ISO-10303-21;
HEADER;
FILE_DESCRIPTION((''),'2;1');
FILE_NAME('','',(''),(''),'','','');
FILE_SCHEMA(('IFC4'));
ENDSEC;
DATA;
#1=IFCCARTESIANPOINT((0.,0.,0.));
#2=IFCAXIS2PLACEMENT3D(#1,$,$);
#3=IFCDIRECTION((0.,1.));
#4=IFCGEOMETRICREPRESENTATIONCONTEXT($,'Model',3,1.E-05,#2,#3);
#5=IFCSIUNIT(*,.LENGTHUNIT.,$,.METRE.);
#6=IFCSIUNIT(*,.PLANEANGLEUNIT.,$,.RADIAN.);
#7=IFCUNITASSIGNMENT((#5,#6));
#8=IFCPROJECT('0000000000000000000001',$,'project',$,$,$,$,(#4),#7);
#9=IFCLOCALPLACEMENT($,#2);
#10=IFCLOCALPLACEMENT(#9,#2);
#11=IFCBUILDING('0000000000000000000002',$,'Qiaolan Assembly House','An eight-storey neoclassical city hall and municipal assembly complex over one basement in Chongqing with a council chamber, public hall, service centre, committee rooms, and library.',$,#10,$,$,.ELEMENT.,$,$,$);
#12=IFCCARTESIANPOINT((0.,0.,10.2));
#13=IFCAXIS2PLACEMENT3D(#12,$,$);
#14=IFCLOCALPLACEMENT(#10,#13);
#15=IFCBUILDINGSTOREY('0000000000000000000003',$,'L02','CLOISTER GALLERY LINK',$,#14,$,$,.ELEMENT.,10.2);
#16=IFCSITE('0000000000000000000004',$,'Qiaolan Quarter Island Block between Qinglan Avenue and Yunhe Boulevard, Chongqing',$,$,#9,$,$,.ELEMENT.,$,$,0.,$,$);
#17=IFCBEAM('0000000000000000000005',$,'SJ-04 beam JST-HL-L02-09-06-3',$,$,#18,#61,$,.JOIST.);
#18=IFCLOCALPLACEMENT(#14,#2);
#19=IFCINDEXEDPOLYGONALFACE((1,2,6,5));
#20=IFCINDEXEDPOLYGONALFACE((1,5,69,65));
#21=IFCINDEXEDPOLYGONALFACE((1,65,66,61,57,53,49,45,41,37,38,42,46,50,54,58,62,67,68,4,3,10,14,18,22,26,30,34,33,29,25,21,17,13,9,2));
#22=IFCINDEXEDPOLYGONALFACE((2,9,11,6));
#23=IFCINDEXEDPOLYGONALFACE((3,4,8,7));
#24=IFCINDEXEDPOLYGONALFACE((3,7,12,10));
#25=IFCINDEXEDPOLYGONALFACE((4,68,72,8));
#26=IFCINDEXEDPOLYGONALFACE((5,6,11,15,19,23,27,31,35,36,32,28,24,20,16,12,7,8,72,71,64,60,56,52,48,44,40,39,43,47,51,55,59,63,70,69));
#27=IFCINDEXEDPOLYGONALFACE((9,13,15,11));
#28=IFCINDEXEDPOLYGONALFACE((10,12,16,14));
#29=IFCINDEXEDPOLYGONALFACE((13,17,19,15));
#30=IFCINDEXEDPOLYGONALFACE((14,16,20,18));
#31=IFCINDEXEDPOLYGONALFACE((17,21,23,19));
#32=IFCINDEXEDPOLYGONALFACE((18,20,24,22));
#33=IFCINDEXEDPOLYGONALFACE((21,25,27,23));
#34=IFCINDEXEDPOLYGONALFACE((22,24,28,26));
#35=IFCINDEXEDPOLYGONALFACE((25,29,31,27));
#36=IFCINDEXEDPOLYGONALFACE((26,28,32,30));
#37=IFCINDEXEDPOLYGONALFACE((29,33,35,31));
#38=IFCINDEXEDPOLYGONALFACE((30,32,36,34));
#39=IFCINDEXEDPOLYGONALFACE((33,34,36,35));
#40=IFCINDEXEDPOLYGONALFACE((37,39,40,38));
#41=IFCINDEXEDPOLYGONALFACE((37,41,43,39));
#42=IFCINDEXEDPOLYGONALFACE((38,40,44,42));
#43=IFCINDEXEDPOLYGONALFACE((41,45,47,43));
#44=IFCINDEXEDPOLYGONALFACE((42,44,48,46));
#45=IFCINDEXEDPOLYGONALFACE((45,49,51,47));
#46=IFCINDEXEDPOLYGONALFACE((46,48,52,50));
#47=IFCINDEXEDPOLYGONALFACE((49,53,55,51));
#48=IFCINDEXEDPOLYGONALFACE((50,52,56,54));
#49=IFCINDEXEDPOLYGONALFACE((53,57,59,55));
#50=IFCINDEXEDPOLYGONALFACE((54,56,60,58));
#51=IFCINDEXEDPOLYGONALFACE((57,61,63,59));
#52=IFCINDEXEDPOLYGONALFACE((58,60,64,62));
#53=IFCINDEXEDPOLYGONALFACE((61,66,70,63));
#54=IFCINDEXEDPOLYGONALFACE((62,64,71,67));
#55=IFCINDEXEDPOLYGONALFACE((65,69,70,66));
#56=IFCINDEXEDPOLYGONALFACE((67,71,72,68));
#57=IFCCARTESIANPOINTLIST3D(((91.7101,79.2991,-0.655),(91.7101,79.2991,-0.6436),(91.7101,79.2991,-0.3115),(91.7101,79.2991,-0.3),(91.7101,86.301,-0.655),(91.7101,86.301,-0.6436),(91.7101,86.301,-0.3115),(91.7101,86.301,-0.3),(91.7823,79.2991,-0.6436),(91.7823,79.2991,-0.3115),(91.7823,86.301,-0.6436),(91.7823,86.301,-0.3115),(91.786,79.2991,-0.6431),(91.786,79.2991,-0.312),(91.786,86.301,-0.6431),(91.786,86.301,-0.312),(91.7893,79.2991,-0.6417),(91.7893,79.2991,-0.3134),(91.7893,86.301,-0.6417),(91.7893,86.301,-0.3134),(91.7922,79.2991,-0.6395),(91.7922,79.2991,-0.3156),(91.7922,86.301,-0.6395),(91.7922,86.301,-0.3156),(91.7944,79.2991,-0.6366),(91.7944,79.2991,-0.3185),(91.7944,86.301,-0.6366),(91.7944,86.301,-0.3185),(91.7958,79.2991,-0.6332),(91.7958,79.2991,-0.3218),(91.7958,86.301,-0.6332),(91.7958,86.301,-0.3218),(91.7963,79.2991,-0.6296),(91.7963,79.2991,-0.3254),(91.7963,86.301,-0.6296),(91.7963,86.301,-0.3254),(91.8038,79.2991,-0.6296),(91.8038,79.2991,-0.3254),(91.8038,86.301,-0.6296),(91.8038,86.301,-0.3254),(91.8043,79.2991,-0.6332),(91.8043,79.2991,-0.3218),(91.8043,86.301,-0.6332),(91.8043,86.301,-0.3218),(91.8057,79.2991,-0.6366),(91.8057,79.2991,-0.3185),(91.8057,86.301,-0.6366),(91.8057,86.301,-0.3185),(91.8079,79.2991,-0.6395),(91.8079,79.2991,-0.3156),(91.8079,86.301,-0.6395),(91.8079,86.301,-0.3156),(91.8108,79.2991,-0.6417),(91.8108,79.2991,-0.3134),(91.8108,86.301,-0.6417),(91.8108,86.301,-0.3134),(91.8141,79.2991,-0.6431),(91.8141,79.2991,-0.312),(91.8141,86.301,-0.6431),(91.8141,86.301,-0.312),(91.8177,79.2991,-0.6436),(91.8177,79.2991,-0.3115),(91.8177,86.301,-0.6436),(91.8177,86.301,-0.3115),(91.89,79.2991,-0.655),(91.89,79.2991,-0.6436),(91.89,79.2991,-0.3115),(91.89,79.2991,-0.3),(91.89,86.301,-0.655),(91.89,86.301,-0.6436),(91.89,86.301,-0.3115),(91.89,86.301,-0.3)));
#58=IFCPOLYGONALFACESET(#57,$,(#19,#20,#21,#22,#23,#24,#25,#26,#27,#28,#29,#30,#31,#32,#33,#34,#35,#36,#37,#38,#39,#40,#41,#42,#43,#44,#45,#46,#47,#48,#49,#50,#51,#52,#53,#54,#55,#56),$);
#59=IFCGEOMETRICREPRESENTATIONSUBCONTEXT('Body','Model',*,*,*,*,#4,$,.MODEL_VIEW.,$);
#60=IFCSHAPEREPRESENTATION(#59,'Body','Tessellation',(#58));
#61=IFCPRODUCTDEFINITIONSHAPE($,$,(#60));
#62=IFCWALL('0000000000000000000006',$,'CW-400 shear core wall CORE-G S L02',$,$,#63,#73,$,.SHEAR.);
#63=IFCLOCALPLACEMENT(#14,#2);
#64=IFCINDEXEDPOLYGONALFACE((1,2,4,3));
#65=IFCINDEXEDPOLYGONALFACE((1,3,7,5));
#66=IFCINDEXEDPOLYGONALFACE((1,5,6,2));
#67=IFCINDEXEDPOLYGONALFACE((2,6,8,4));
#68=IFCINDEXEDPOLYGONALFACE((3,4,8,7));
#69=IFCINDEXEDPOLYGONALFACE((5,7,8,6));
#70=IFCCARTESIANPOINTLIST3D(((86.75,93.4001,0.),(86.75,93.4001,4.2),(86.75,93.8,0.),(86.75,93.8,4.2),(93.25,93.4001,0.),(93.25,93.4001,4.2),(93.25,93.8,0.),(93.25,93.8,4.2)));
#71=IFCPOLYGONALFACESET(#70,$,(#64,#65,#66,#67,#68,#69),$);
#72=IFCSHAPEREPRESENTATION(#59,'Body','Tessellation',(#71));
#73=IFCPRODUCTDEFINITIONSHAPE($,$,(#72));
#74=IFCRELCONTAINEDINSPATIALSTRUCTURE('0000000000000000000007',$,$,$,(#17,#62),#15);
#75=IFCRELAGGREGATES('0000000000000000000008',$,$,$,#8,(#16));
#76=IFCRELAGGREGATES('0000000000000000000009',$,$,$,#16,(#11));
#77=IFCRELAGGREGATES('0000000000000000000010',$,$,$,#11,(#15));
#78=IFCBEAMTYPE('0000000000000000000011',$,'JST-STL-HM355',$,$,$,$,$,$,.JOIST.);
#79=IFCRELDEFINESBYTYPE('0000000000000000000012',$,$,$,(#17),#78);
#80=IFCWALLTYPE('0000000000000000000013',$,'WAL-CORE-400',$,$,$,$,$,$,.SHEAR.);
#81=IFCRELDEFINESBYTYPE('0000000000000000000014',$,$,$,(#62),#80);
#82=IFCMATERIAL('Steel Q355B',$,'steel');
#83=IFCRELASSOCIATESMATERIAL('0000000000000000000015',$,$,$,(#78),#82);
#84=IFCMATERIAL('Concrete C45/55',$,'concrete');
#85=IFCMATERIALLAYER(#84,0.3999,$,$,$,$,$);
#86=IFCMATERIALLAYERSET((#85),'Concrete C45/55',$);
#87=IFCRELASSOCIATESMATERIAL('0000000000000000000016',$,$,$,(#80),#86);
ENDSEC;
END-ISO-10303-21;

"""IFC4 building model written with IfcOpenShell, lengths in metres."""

from ifc_helpers import new_model, si_unit, direction, frame, frame_2d, origin, origin_2d, place, context, subcontext, project, spatial, rectangle, i_section, extrude, material, layer, layer_set, material_profile, profile_set, type_object, element, save


model = new_model("IFC4")

# Units and contexts
model_context = context("Model", 3, precision=1e-05, world=origin(), true_north=direction((0.0, 1.0)))
body_context = subcontext(model_context, "Body", "Model", "MODEL_VIEW")
ifc_project = project(units=[si_unit("LENGTHUNIT", "METRE"), si_unit("PLANEANGLEUNIT", "RADIAN")], contexts=[model_context])

# Site, building, storey
site_placement = place(None, origin())
site = spatial("IfcSite", under=ifc_project, at=site_placement, Name="Qiaolan Quarter Island Block between Qinglan Avenue and Yunhe Boulevard, Chongqing", CompositionType="ELEMENT", RefElevation=0.0)
building_placement = place(site_placement, origin())
building = spatial("IfcBuilding", under=site, at=building_placement, Name="Qiaolan Assembly House", Description="An eight-storey neoclassical city hall and municipal assembly complex over one basement in Chongqing with a council chamber, public hall, service centre, committee rooms, and library.", CompositionType="ELEMENT")
storey_placement = place(building_placement, frame((0.0, 0.0, 10.2)))
storey = spatial("IfcBuildingStorey", under=building, at=storey_placement, Name="L02", Description="CLOISTER GALLERY LINK", CompositionType="ELEMENT", Elevation=10.2)

# Shared definitions
ifc_material_1 = material(Name="Concrete C45/55", Category="concrete")

# Beam
ifc_material_2 = material(Name="Steel Q355B", Category="steel")
ifc_material_profile_1 = material_profile(ifc_material_2, i_section(OverallWidth=0.1799, OverallDepth=0.355, WebThickness=0.0076, FlangeThickness=0.0115, FilletRadius=0.0139, at=origin_2d()), Name="HM 355x180x7.5x11.5")
ifc_profile_set_1 = profile_set([ifc_material_profile_1], Name="Steel Q355B")
beam_type_1 = type_object("IfcBeamType", Name="JST-STL-HM355", PredefinedType="JOIST", material=ifc_profile_set_1)
beam_1_placement = place(storey_placement, frame((91.8, 79.2991, -0.4775), z_axis=(0.0, 1.0, 0.0), x_axis=(-1.0, 0.0, 0.0)))
element("IfcBeam", 1, at=beam_1_placement, inside=storey, type_object=beam_type_1, Name="SJ-04 beam JST-HL-L02-09-06-3", PredefinedType="JOIST", context=body_context, shape_type="SweptSolid", body=[
    extrude(i_section(OverallWidth=0.1799, OverallDepth=0.355, WebThickness=0.0076, FlangeThickness=0.0115, FilletRadius=0.0139, at=origin_2d()), origin(), (0.0, 0.0, 1.0), 7.002),
])

# Wall
ifc_layer = layer(ifc_material_1, 0.3999)
ifc_layer_set = layer_set([ifc_layer], Name="Concrete C45/55")
wall_type = type_object("IfcWallType", Name="WAL-CORE-400", PredefinedType="SHEAR", material=ifc_layer_set)
wall_placement = place(storey_placement, frame((86.75, 93.6001, 0.0), z_axis=(0.0, 0.0, 1.0), x_axis=(1.0, 0.0, 0.0)))
element("IfcWall", 2, at=wall_placement, inside=storey, type_object=wall_type, Name="CW-400 shear core wall CORE-G S L02", PredefinedType="SHEAR", context=body_context, shape_type="SweptSolid", body=[
    extrude(rectangle(XDim=6.5, YDim=0.3999, at=frame_2d((3.25, 0.0))), origin(), (0.0, 0.0, 1.0), 4.2),
])

save(model, "model.ifc")
